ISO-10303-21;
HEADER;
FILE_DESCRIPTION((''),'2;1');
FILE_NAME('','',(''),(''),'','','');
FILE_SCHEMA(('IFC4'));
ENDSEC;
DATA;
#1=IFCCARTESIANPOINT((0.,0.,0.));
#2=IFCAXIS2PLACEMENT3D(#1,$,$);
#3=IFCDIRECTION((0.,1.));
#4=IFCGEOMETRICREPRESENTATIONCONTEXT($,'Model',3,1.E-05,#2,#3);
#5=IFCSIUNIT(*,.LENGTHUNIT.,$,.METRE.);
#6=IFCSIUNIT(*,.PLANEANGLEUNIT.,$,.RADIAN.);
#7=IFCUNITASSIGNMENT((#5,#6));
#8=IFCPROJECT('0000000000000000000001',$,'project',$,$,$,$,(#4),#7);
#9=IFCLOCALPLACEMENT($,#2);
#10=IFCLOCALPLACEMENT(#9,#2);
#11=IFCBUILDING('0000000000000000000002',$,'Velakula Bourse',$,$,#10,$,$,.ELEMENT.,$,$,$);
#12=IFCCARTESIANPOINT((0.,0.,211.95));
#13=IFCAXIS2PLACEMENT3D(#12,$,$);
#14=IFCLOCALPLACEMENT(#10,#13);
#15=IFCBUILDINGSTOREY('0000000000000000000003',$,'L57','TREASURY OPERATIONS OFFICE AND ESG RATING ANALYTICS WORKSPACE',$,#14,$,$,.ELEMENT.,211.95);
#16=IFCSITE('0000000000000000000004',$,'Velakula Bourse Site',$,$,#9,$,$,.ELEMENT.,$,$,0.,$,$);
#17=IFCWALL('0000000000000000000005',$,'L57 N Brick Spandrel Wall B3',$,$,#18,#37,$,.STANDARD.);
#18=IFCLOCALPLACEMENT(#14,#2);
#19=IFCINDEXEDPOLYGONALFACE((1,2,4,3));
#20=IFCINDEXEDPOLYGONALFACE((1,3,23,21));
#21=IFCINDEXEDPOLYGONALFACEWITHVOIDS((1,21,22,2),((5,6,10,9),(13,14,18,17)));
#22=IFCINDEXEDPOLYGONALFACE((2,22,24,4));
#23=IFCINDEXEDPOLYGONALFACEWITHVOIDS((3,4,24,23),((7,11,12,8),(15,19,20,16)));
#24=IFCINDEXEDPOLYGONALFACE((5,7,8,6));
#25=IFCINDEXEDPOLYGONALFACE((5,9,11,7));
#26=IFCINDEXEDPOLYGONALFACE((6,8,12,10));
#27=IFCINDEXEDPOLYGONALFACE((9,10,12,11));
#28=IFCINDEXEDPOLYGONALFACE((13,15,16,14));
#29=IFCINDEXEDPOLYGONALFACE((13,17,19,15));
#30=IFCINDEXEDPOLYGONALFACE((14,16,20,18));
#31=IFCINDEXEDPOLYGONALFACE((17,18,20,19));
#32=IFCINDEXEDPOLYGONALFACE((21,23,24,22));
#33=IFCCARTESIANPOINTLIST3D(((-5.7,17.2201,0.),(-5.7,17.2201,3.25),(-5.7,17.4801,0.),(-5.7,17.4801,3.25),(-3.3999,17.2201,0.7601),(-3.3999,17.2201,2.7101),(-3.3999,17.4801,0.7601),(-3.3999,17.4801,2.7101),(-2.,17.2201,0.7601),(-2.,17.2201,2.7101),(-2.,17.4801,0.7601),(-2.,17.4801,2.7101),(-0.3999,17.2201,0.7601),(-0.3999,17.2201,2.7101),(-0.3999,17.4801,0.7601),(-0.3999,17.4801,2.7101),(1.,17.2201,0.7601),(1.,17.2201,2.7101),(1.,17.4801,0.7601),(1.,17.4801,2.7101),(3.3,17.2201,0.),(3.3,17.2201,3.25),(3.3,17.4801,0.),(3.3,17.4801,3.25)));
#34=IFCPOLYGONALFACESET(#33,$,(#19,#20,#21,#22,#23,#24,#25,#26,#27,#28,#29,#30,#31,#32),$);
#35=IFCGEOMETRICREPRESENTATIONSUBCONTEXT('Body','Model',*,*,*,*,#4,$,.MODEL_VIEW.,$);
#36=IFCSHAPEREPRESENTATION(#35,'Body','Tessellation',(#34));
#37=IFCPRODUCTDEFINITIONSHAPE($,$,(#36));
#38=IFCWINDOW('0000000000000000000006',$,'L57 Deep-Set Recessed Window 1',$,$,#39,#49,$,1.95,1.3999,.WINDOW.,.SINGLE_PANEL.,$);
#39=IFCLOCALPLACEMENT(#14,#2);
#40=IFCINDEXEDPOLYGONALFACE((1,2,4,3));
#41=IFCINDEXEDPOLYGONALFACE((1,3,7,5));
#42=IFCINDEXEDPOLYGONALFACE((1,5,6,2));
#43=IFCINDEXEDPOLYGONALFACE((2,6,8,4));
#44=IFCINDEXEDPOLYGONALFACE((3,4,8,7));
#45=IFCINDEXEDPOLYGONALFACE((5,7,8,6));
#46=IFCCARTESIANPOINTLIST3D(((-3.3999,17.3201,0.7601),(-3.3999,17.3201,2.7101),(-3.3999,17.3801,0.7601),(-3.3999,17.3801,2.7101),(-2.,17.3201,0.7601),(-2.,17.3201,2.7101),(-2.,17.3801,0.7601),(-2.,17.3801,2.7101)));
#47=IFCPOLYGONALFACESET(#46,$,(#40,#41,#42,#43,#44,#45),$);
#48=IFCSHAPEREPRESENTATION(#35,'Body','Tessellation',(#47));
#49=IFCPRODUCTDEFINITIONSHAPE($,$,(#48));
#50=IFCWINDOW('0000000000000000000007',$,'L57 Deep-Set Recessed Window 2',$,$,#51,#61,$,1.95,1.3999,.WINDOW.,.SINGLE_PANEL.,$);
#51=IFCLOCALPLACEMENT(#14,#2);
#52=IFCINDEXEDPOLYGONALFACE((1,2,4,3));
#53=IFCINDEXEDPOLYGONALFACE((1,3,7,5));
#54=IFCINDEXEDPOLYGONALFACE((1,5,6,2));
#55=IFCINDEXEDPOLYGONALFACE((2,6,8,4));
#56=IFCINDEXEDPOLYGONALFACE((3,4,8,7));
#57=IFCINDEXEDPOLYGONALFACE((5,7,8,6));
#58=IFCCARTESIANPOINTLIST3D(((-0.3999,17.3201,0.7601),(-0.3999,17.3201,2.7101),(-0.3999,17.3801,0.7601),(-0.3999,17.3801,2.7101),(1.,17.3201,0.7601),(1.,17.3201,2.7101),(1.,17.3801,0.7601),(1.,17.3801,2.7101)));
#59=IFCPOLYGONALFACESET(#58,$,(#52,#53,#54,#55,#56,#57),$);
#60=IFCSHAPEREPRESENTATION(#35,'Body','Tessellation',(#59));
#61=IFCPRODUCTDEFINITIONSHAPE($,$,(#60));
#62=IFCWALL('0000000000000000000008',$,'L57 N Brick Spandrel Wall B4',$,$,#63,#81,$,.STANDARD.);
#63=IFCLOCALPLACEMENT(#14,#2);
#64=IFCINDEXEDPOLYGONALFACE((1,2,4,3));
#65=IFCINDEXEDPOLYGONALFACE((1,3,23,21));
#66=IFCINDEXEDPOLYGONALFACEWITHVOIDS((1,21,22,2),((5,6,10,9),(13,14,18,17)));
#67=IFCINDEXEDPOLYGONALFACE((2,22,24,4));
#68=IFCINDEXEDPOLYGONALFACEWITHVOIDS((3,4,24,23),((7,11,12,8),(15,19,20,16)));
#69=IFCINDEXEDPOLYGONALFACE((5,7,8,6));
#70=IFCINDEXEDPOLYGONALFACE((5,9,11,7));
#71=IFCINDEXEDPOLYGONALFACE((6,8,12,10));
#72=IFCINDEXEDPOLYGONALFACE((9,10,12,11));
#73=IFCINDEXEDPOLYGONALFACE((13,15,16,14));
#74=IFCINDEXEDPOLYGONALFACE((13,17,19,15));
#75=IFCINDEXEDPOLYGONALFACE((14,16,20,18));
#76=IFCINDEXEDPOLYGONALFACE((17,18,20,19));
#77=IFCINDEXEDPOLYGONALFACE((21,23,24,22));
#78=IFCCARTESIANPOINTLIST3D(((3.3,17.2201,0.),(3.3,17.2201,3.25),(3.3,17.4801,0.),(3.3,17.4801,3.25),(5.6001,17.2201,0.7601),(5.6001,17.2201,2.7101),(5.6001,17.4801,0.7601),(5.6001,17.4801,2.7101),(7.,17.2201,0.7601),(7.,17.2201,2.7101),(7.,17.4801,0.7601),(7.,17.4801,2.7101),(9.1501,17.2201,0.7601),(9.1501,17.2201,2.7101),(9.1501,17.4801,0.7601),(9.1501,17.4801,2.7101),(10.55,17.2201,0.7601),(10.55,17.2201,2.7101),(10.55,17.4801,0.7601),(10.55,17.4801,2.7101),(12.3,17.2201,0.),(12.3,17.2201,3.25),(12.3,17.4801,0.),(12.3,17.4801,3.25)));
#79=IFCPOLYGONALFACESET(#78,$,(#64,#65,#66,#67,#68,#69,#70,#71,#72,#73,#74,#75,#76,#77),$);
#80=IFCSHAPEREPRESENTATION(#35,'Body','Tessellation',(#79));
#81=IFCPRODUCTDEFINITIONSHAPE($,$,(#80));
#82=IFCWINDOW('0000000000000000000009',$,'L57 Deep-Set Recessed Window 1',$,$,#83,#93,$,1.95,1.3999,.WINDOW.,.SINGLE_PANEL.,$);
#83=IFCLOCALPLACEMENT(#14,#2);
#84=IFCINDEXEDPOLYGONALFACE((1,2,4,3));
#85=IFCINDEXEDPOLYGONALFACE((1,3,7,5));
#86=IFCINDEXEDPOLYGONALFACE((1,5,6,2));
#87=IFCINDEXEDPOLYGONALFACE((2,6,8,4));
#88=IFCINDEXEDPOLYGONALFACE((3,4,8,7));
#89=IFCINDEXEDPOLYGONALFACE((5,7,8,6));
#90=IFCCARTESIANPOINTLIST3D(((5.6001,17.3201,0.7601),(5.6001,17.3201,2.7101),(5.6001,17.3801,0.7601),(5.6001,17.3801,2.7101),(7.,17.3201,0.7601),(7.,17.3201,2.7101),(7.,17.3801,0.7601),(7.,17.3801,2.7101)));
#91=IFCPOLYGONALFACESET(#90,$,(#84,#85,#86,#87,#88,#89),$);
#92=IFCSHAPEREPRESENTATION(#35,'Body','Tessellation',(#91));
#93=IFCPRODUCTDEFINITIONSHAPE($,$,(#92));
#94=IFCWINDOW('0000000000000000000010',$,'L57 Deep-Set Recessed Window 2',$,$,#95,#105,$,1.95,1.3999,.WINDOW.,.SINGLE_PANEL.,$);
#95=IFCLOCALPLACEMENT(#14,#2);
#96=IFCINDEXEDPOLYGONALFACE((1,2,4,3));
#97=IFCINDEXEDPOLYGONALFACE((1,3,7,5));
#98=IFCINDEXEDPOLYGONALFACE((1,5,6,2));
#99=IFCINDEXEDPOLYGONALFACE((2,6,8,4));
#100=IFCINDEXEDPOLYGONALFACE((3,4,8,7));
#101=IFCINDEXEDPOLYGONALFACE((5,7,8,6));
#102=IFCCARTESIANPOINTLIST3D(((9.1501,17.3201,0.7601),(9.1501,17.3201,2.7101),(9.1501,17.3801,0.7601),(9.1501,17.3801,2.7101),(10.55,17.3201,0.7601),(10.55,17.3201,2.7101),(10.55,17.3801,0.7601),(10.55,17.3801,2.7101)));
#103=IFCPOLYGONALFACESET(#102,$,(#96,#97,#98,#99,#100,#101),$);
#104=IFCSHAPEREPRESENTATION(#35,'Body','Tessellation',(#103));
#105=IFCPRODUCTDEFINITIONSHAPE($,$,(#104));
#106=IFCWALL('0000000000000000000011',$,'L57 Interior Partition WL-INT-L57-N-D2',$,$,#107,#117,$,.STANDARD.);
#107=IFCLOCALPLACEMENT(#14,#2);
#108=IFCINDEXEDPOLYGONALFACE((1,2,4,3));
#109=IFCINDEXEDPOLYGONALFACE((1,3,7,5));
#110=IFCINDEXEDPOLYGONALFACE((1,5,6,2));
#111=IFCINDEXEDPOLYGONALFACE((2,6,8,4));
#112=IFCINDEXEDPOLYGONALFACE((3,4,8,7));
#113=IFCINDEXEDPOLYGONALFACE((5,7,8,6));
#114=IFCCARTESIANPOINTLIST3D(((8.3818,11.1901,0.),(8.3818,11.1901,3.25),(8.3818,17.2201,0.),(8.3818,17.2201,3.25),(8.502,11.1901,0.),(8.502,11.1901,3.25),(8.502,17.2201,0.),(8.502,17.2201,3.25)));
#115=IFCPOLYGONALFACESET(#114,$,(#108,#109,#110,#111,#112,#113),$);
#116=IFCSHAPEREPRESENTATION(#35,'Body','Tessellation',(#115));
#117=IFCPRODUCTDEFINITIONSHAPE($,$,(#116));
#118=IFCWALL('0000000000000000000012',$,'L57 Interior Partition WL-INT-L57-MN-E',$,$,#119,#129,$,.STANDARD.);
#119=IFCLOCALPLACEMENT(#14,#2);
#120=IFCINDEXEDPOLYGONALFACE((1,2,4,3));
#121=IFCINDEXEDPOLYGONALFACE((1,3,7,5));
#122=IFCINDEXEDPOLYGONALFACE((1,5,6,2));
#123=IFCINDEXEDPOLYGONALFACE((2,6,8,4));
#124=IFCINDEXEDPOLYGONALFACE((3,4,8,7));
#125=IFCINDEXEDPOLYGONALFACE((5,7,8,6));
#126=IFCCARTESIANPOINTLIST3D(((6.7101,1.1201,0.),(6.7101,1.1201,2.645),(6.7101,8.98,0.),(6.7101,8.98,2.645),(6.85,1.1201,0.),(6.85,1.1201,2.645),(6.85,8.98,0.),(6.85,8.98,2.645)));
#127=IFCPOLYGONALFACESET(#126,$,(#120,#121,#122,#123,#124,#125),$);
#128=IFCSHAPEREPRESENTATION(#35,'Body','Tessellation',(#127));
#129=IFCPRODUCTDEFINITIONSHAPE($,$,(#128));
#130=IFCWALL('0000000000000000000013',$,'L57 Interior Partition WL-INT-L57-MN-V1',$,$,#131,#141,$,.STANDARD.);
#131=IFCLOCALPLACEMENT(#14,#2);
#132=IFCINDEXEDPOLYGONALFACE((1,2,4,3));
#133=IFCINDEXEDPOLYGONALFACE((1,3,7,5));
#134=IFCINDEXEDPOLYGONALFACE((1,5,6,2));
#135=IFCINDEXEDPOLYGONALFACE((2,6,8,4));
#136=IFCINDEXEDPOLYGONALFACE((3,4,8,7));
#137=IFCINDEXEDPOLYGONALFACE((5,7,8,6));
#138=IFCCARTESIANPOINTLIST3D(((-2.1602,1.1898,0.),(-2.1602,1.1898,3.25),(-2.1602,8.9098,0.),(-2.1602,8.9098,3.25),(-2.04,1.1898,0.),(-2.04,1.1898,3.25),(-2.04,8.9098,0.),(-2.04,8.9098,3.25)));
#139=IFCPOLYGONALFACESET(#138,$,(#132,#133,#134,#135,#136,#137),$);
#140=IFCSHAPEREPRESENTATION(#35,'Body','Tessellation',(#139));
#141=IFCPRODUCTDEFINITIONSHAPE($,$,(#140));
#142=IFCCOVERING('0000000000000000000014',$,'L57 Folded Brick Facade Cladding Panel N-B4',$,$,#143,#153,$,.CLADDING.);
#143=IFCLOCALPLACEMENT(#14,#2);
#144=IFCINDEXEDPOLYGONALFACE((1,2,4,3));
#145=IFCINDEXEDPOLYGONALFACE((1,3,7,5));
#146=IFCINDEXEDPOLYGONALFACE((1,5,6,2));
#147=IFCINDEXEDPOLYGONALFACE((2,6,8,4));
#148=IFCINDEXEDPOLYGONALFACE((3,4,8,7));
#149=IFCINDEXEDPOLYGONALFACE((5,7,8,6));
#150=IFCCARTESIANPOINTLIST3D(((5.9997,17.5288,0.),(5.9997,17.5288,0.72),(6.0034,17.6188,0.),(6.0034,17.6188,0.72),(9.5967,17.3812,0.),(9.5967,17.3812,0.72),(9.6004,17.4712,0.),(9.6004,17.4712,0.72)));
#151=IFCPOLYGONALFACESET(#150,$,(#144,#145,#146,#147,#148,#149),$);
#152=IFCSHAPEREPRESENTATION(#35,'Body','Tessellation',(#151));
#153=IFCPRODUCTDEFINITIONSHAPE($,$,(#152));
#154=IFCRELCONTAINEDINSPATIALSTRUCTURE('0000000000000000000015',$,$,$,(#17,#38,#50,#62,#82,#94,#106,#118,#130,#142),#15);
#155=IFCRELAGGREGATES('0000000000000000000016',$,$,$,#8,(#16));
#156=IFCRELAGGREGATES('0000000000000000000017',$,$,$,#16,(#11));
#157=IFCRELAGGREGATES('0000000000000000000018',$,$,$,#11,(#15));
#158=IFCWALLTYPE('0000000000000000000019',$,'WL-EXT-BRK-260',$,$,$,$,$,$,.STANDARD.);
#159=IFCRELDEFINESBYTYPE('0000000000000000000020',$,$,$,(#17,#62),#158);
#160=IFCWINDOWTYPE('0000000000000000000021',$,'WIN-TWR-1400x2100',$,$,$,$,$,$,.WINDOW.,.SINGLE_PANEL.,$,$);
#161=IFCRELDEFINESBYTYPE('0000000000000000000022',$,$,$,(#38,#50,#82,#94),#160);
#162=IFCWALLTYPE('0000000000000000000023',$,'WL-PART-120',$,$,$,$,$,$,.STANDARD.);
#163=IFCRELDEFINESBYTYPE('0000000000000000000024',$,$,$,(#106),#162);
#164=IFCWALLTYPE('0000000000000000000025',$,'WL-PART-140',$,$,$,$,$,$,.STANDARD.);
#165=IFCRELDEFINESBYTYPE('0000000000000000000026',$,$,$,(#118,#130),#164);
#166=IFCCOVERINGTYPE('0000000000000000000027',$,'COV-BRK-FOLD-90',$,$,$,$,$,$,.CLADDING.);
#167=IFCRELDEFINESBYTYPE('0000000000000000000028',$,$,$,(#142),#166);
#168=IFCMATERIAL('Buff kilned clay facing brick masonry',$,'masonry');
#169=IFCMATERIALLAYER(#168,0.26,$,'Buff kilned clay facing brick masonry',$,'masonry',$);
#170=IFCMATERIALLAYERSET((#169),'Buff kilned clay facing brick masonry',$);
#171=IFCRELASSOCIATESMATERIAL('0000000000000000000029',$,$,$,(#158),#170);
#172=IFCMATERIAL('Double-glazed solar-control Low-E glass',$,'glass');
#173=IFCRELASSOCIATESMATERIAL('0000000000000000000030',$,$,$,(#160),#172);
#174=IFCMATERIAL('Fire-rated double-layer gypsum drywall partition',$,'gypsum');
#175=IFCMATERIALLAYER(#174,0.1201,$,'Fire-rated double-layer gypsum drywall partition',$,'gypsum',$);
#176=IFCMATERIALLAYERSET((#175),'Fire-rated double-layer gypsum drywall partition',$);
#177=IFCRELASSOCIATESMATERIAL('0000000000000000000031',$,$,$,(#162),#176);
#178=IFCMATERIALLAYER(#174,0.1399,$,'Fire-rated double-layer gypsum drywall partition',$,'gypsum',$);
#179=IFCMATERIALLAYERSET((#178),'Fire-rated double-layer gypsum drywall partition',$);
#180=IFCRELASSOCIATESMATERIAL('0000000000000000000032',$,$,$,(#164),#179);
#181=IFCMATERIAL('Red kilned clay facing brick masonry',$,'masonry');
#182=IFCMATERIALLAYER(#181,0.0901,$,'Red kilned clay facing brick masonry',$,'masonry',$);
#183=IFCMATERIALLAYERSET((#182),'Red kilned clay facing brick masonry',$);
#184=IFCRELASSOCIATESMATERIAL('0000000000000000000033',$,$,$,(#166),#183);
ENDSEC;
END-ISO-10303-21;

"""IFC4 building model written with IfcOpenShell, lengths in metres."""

from ifc_helpers import new_model, si_unit, direction, frame, frame_2d, origin, origin_2d, place, context, subcontext, project, spatial, rectangle, extrude, material, layer, layer_set, type_object, element, fill, save


model = new_model("IFC4")

# Units and contexts
model_context = context("Model", 3, precision=1e-05, world=origin(), true_north=direction((0.0, 1.0)))
body_context = subcontext(model_context, "Body", "Model", "MODEL_VIEW")
ifc_project = project(units=[si_unit("LENGTHUNIT", "METRE"), si_unit("PLANEANGLEUNIT", "RADIAN")], contexts=[model_context])

# Site, building, storey
site_placement = place(None, origin())
site = spatial("IfcSite", under=ifc_project, at=site_placement, Name="Velakula Bourse Site", CompositionType="ELEMENT", RefElevation=0.0)
building_placement = place(site_placement, origin())
building = spatial("IfcBuilding", under=site, at=building_placement, Name="Velakula Bourse", CompositionType="ELEMENT")
storey_placement = place(building_placement, frame((0.0, 0.0, 211.95)))
storey = spatial("IfcBuildingStorey", under=building, at=storey_placement, Name="L57", Description="TREASURY OPERATIONS OFFICE AND ESG RATING ANALYTICS WORKSPACE", CompositionType="ELEMENT", Elevation=211.95)

# Walls, openings, windows
ifc_material_1 = material(Name="Buff kilned clay facing brick masonry", Category="masonry")
ifc_layer_1 = layer(ifc_material_1, 0.26, Name="Buff kilned clay facing brick masonry", Category="masonry")
ifc_layer_set_1 = layer_set([ifc_layer_1], Name="Buff kilned clay facing brick masonry")
wall_type_1 = type_object("IfcWallType", Name="WL-EXT-BRK-260", PredefinedType="STANDARD", material=ifc_layer_set_1)
wall_1_placement = place(storey_placement, frame((-5.7, 17.3501, 0.0), z_axis=(0.0, 0.0, 1.0), x_axis=(1.0, 0.0, 0.0)))
wall_1 = element("IfcWall", 1, at=wall_1_placement, inside=storey, type_object=wall_type_1, Name="L57 N Brick Spandrel Wall B3", PredefinedType="STANDARD", context=body_context, shape_type="SweptSolid", body=[
    extrude(rectangle(XDim=9.0, YDim=0.26, at=frame_2d((4.5, 0.0))), origin(), (0.0, 0.0, 1.0), 3.25),
])
opening_1_placement = place(wall_1_placement, frame((2.3, 0.0, 0.76)))
opening_1 = element("IfcOpeningElement", 2, at=opening_1_placement, cuts=wall_1, PredefinedType="OPENING", context=body_context, shape_type="SweptSolid", body=[
    extrude(rectangle(XDim=1.3999, YDim=1.95, at=frame_2d((0.7, 0.9751))), frame((0.0, 0.1399, 0.0), z_axis=(0.0, -1.0, 0.0), x_axis=(1.0, 0.0, 0.0)), (0.0, 0.0, 1.0), 0.28),
])
opening_2_placement = place(wall_1_placement, frame((5.3, 0.0, 0.76)))
opening_2 = element("IfcOpeningElement", 3, at=opening_2_placement, cuts=wall_1, PredefinedType="OPENING", context=body_context, shape_type="SweptSolid", body=[
    extrude(rectangle(XDim=1.3999, YDim=1.95, at=frame_2d((0.7, 0.9751))), frame((0.0, 0.1399, 0.0), z_axis=(0.0, -1.0, 0.0), x_axis=(1.0, 0.0, 0.0)), (0.0, 0.0, 1.0), 0.28),
])
ifc_material_2 = material(Name="Double-glazed solar-control Low-E glass", Category="glass")
window_type = type_object("IfcWindowType", Name="WIN-TWR-1400x2100", PartitioningType="SINGLE_PANEL", PredefinedType="WINDOW", material=ifc_material_2)
window_1_placement = place(opening_1_placement, origin())
window_1 = element("IfcWindow", 4, at=window_1_placement, inside=storey, type_object=window_type, Name="L57 Deep-Set Recessed Window 1", OverallHeight=1.95, OverallWidth=1.3999, PartitioningType="SINGLE_PANEL", PredefinedType="WINDOW", context=body_context, shape_type="SweptSolid", body=[
    extrude(rectangle(XDim=1.3999, YDim=1.95, at=frame_2d((0.7, 0.9751))), frame((0.0, 0.03, 0.0), z_axis=(0.0, -1.0, 0.0), x_axis=(1.0, 0.0, 0.0)), (0.0, 0.0, 1.0), 0.0601),
])
fill(opening_1, window_1)
window_2_placement = place(opening_2_placement, origin())
window_2 = element("IfcWindow", 5, at=window_2_placement, inside=storey, type_object=window_type, Name="L57 Deep-Set Recessed Window 2", OverallHeight=1.95, OverallWidth=1.3999, PartitioningType="SINGLE_PANEL", PredefinedType="WINDOW", context=body_context, shape_type="SweptSolid", body=[
    extrude(rectangle(XDim=1.3999, YDim=1.95, at=frame_2d((0.7, 0.9751))), frame((0.0, 0.03, 0.0), z_axis=(0.0, -1.0, 0.0), x_axis=(1.0, 0.0, 0.0)), (0.0, 0.0, 1.0), 0.0601),
])
fill(opening_2, window_2)
wall_2_placement = place(storey_placement, frame((3.3, 17.3501, 0.0), z_axis=(0.0, 0.0, 1.0), x_axis=(1.0, 0.0, 0.0)))
wall_2 = element("IfcWall", 6, at=wall_2_placement, inside=storey, type_object=wall_type_1, Name="L57 N Brick Spandrel Wall B4", PredefinedType="STANDARD", context=body_context, shape_type="SweptSolid", body=[
    extrude(rectangle(XDim=9.0, YDim=0.26, at=frame_2d((4.5, 0.0))), origin(), (0.0, 0.0, 1.0), 3.25),
])
opening_3_placement = place(wall_2_placement, frame((2.3, 0.0, 0.76)))
opening_3 = element("IfcOpeningElement", 7, at=opening_3_placement, cuts=wall_2, PredefinedType="OPENING", context=body_context, shape_type="SweptSolid", body=[
    extrude(rectangle(XDim=1.3999, YDim=1.95, at=frame_2d((0.7, 0.9751))), frame((0.0, 0.1399, 0.0), z_axis=(0.0, -1.0, 0.0), x_axis=(1.0, 0.0, 0.0)), (0.0, 0.0, 1.0), 0.28),
])
opening_4_placement = place(wall_2_placement, frame((5.8501, 0.0, 0.76)))
opening_4 = element("IfcOpeningElement", 8, at=opening_4_placement, cuts=wall_2, PredefinedType="OPENING", context=body_context, shape_type="SweptSolid", body=[
    extrude(rectangle(XDim=1.3999, YDim=1.95, at=frame_2d((0.7, 0.9751))), frame((0.0, 0.1399, 0.0), z_axis=(0.0, -1.0, 0.0), x_axis=(1.0, 0.0, 0.0)), (0.0, 0.0, 1.0), 0.28),
])
window_3_placement = place(opening_3_placement, origin())
window_3 = element("IfcWindow", 9, at=window_3_placement, inside=storey, type_object=window_type, Name="L57 Deep-Set Recessed Window 1", OverallHeight=1.95, OverallWidth=1.3999, PartitioningType="SINGLE_PANEL", PredefinedType="WINDOW", context=body_context, shape_type="SweptSolid", body=[
    extrude(rectangle(XDim=1.3999, YDim=1.95, at=frame_2d((0.7, 0.9751))), frame((0.0, 0.03, 0.0), z_axis=(0.0, -1.0, 0.0), x_axis=(1.0, 0.0, 0.0)), (0.0, 0.0, 1.0), 0.0601),
])
fill(opening_3, window_3)
window_4_placement = place(opening_4_placement, origin())
window_4 = element("IfcWindow", 10, at=window_4_placement, inside=storey, type_object=window_type, Name="L57 Deep-Set Recessed Window 2", OverallHeight=1.95, OverallWidth=1.3999, PartitioningType="SINGLE_PANEL", PredefinedType="WINDOW", context=body_context, shape_type="SweptSolid", body=[
    extrude(rectangle(XDim=1.3999, YDim=1.95, at=frame_2d((0.7, 0.9751))), frame((0.0, 0.03, 0.0), z_axis=(0.0, -1.0, 0.0), x_axis=(1.0, 0.0, 0.0)), (0.0, 0.0, 1.0), 0.0601),
])
fill(opening_4, window_4)

# Walls
ifc_material_3 = material(Name="Fire-rated double-layer gypsum drywall partition", Category="gypsum")
ifc_layer_2 = layer(ifc_material_3, 0.1201, Name="Fire-rated double-layer gypsum drywall partition", Category="gypsum")
ifc_layer_set_2 = layer_set([ifc_layer_2], Name="Fire-rated double-layer gypsum drywall partition")
wall_type_2 = type_object("IfcWallType", Name="WL-PART-120", PredefinedType="STANDARD", material=ifc_layer_set_2)
wall_3_placement = place(storey_placement, frame((8.4419, 11.1899, 0.0), z_axis=(0.0, 0.0, 1.0), x_axis=(0.0, 1.0, 0.0)))
element("IfcWall", 11, at=wall_3_placement, inside=storey, type_object=wall_type_2, Name="L57 Interior Partition WL-INT-L57-N-D2", PredefinedType="STANDARD", context=body_context, shape_type="SweptSolid", body=[
    extrude(rectangle(XDim=6.03, YDim=0.1201, at=frame_2d((3.0151, 0.0))), origin(), (0.0, 0.0, 1.0), 3.25),
])
ifc_layer_3 = layer(ifc_material_3, 0.1399, Name="Fire-rated double-layer gypsum drywall partition", Category="gypsum")
ifc_layer_set_3 = layer_set([ifc_layer_3], Name="Fire-rated double-layer gypsum drywall partition")
wall_type_3 = type_object("IfcWallType", Name="WL-PART-140", PredefinedType="STANDARD", material=ifc_layer_set_3)
wall_4_placement = place(storey_placement, frame((6.78, 1.1201, 0.0), z_axis=(0.0, 0.0, 1.0), x_axis=(0.0, 1.0, 0.0)))
element("IfcWall", 12, at=wall_4_placement, inside=storey, type_object=wall_type_3, Name="L57 Interior Partition WL-INT-L57-MN-E", PredefinedType="STANDARD", context=body_context, shape_type="SweptSolid", body=[
    extrude(rectangle(XDim=7.8599, YDim=0.1399, at=frame_2d((3.9299, 0.0))), origin(), (0.0, 0.0, 1.0), 2.645),
])
wall_5_placement = place(storey_placement, frame((-2.1001, 1.1899, 0.0), z_axis=(0.0, 0.0, 1.0), x_axis=(0.0, 1.0, 0.0)))
element("IfcWall", 13, at=wall_5_placement, inside=storey, type_object=wall_type_3, Name="L57 Interior Partition WL-INT-L57-MN-V1", PredefinedType="STANDARD", context=body_context, shape_type="SweptSolid", body=[
    extrude(rectangle(XDim=7.72, YDim=0.1201, at=frame_2d((3.8599, 0.0))), origin(), (0.0, 0.0, 1.0), 3.25),
])

# Covering
ifc_material_4 = material(Name="Red kilned clay facing brick masonry", Category="masonry")
ifc_layer_4 = layer(ifc_material_4, 0.0901, Name="Red kilned clay facing brick masonry", Category="masonry")
ifc_layer_set_4 = layer_set([ifc_layer_4], Name="Red kilned clay facing brick masonry")
covering_type = type_object("IfcCoveringType", Name="COV-BRK-FOLD-90", PredefinedType="CLADDING", material=ifc_layer_set_4)
covering_placement = place(storey_placement, frame((7.8, 17.5, 0.0), z_axis=(0.0, 0.0, 1.0), x_axis=(0.999159, -0.041004, 0.0)))
element("IfcCovering", 14, at=covering_placement, inside=storey, type_object=covering_type, Name="L57 Folded Brick Facade Cladding Panel N-B4", PredefinedType="CLADDING", context=body_context, shape_type="SweptSolid", body=[
    extrude(rectangle(XDim=3.6001, YDim=0.0901, at=origin_2d()), origin(), (0.0, 0.0, 1.0), 0.72),
])

save(model, "model.ifc")
